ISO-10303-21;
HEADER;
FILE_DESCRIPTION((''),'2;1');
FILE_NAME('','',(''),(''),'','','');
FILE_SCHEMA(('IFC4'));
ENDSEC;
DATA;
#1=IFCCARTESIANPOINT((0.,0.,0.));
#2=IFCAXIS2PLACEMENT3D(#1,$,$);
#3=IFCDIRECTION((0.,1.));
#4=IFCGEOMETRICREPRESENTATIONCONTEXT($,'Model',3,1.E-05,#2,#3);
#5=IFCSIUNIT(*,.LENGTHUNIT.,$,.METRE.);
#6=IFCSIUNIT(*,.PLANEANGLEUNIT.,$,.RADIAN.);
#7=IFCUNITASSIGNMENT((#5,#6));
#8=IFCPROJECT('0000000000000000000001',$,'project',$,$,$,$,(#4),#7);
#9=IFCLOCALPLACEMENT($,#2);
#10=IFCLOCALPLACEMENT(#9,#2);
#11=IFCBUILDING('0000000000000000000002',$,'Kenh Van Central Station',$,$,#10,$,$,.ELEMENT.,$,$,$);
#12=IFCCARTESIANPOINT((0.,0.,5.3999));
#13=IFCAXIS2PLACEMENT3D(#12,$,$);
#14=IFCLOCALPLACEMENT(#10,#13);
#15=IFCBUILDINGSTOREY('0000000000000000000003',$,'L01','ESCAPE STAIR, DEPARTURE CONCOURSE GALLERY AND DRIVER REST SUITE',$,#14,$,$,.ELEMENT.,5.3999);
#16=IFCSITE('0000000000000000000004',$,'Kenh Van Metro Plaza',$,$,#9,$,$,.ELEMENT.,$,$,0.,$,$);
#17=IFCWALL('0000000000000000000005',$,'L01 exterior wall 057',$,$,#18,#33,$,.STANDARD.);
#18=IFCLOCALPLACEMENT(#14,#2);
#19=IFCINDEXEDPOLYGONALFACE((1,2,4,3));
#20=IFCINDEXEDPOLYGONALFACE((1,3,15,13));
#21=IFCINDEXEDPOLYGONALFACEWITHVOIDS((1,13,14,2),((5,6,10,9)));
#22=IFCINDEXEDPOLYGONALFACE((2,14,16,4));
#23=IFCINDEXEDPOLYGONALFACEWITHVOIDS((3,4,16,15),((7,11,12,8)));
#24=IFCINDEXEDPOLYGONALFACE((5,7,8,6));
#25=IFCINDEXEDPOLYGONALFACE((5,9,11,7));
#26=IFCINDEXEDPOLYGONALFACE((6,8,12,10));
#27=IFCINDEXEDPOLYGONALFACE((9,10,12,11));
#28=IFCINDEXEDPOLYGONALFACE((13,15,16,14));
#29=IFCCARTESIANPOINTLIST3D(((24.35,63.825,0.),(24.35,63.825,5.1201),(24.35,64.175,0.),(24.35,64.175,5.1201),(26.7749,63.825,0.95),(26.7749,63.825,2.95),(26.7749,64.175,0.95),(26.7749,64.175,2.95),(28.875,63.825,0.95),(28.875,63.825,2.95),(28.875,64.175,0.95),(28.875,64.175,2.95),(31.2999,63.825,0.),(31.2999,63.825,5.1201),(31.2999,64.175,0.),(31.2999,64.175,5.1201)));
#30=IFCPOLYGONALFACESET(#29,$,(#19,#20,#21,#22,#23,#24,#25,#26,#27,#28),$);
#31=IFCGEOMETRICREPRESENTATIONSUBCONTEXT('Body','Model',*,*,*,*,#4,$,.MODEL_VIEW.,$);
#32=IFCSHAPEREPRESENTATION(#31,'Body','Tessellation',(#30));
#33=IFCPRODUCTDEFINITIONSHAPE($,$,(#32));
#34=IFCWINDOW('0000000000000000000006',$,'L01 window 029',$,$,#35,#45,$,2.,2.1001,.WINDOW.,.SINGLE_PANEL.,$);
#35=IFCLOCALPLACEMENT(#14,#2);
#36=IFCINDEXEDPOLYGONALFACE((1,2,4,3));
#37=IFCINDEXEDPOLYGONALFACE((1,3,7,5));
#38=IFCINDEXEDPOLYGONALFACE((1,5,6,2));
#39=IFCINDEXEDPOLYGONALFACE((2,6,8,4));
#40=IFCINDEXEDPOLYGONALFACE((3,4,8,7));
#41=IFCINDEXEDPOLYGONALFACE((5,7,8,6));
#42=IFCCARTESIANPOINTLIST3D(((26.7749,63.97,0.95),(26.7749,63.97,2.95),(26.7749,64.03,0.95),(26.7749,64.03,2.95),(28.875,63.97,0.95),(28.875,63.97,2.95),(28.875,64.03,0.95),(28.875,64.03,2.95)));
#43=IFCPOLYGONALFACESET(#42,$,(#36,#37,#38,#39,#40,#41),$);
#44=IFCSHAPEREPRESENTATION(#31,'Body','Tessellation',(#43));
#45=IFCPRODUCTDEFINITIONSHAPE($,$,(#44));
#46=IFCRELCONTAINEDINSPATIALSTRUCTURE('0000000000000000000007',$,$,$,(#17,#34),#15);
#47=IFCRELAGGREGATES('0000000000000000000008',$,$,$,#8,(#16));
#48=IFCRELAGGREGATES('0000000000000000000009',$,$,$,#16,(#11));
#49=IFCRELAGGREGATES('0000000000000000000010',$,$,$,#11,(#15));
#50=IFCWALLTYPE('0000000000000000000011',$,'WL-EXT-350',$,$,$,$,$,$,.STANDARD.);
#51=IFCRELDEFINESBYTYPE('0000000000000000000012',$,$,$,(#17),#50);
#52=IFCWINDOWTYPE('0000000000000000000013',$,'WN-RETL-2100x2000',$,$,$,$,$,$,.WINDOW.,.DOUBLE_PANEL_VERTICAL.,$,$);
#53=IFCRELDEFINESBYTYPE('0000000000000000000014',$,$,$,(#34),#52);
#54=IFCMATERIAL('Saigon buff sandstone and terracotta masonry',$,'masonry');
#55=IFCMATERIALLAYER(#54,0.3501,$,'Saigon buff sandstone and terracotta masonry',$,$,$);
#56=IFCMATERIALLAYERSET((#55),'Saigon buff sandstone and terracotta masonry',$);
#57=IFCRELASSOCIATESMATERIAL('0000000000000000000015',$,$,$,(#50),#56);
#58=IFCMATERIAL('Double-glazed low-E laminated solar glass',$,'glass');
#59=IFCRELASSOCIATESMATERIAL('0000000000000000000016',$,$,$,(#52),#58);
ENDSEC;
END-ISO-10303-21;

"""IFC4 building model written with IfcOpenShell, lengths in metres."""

from ifc_helpers import new_model, si_unit, direction, frame, frame_2d, origin, place, context, subcontext, project, spatial, rectangle, extrude, material, layer, layer_set, type_object, element, fill, save


model = new_model("IFC4")

# Units and contexts
model_context = context("Model", 3, precision=1e-05, world=origin(), true_north=direction((0.0, 1.0)))
body_context = subcontext(model_context, "Body", "Model", "MODEL_VIEW")
ifc_project = project(units=[si_unit("LENGTHUNIT", "METRE"), si_unit("PLANEANGLEUNIT", "RADIAN")], contexts=[model_context])

# Site, building, storey
site_placement = place(None, origin())
site = spatial("IfcSite", under=ifc_project, at=site_placement, Name="Kenh Van Metro Plaza", CompositionType="ELEMENT", RefElevation=0.0)
building_placement = place(site_placement, origin())
building = spatial("IfcBuilding", under=site, at=building_placement, Name="Kenh Van Central Station", CompositionType="ELEMENT")
storey_placement = place(building_placement, frame((0.0, 0.0, 5.3999)))
storey = spatial("IfcBuildingStorey", under=building, at=storey_placement, Name="L01", Description="ESCAPE STAIR, DEPARTURE CONCOURSE GALLERY AND DRIVER REST SUITE", CompositionType="ELEMENT", Elevation=5.3999)

# Shared definitions
ifc_material_1 = material(Name="Double-glazed low-E laminated solar glass", Category="glass")

# Wall, opening, window
ifc_material_2 = material(Name="Saigon buff sandstone and terracotta masonry", Category="masonry")
ifc_layer_1 = layer(ifc_material_2, 0.3501, Name="Saigon buff sandstone and terracotta masonry")
ifc_layer_set_1 = layer_set([ifc_layer_1], Name="Saigon buff sandstone and terracotta masonry")
wall_type_1 = type_object("IfcWallType", Name="WL-EXT-350", PredefinedType="STANDARD", material=ifc_layer_set_1)
wall_1_placement = place(storey_placement, frame((31.3, 64.0, 0.0), z_axis=(0.0, 0.0, 1.0), x_axis=(-1.0, 0.0, 0.0)))
wall_1 = element("IfcWall", 1, at=wall_1_placement, inside=storey, type_object=wall_type_1, Name="L01 exterior wall 057", PredefinedType="STANDARD", context=body_context, shape_type="SweptSolid", body=[
    extrude(rectangle(XDim=6.95, YDim=0.3501, at=frame_2d((3.4751, 0.0))), origin(), (0.0, 0.0, 1.0), 5.1201),
])
opening_1_placement = place(wall_1_placement, frame((2.425, 0.0, 0.95)))
opening_1 = element("IfcOpeningElement", 2, at=opening_1_placement, cuts=wall_1, PredefinedType="OPENING", context=body_context, shape_type="SweptSolid", body=[
    extrude(rectangle(XDim=2.1001, YDim=2.0, at=frame_2d((1.05, 1.0))), frame((0.0, 0.1851, 0.0), z_axis=(0.0, -1.0, 0.0), x_axis=(1.0, 0.0, 0.0)), (0.0, 0.0, 1.0), 0.3701),
])
window_type_1 = type_object("IfcWindowType", Name="WN-RETL-2100x2000", PartitioningType="DOUBLE_PANEL_VERTICAL", PredefinedType="WINDOW", material=ifc_material_1)
window_1_placement = place(opening_1_placement, origin())
window_1 = element("IfcWindow", 3, at=window_1_placement, inside=storey, type_object=window_type_1, Name="L01 window 029", OverallHeight=2.0, OverallWidth=2.1001, PartitioningType="SINGLE_PANEL", PredefinedType="WINDOW", context=body_context, shape_type="SweptSolid", body=[
    extrude(rectangle(XDim=2.1001, YDim=2.0, at=frame_2d((1.05, 1.0))), frame((0.0, 0.03, 0.0), z_axis=(0.0, -1.0, 0.0), x_axis=(1.0, 0.0, 0.0)), (0.0, 0.0, 1.0), 0.0601),
])
fill(opening_1, window_1)

save(model, "model.ifc")
